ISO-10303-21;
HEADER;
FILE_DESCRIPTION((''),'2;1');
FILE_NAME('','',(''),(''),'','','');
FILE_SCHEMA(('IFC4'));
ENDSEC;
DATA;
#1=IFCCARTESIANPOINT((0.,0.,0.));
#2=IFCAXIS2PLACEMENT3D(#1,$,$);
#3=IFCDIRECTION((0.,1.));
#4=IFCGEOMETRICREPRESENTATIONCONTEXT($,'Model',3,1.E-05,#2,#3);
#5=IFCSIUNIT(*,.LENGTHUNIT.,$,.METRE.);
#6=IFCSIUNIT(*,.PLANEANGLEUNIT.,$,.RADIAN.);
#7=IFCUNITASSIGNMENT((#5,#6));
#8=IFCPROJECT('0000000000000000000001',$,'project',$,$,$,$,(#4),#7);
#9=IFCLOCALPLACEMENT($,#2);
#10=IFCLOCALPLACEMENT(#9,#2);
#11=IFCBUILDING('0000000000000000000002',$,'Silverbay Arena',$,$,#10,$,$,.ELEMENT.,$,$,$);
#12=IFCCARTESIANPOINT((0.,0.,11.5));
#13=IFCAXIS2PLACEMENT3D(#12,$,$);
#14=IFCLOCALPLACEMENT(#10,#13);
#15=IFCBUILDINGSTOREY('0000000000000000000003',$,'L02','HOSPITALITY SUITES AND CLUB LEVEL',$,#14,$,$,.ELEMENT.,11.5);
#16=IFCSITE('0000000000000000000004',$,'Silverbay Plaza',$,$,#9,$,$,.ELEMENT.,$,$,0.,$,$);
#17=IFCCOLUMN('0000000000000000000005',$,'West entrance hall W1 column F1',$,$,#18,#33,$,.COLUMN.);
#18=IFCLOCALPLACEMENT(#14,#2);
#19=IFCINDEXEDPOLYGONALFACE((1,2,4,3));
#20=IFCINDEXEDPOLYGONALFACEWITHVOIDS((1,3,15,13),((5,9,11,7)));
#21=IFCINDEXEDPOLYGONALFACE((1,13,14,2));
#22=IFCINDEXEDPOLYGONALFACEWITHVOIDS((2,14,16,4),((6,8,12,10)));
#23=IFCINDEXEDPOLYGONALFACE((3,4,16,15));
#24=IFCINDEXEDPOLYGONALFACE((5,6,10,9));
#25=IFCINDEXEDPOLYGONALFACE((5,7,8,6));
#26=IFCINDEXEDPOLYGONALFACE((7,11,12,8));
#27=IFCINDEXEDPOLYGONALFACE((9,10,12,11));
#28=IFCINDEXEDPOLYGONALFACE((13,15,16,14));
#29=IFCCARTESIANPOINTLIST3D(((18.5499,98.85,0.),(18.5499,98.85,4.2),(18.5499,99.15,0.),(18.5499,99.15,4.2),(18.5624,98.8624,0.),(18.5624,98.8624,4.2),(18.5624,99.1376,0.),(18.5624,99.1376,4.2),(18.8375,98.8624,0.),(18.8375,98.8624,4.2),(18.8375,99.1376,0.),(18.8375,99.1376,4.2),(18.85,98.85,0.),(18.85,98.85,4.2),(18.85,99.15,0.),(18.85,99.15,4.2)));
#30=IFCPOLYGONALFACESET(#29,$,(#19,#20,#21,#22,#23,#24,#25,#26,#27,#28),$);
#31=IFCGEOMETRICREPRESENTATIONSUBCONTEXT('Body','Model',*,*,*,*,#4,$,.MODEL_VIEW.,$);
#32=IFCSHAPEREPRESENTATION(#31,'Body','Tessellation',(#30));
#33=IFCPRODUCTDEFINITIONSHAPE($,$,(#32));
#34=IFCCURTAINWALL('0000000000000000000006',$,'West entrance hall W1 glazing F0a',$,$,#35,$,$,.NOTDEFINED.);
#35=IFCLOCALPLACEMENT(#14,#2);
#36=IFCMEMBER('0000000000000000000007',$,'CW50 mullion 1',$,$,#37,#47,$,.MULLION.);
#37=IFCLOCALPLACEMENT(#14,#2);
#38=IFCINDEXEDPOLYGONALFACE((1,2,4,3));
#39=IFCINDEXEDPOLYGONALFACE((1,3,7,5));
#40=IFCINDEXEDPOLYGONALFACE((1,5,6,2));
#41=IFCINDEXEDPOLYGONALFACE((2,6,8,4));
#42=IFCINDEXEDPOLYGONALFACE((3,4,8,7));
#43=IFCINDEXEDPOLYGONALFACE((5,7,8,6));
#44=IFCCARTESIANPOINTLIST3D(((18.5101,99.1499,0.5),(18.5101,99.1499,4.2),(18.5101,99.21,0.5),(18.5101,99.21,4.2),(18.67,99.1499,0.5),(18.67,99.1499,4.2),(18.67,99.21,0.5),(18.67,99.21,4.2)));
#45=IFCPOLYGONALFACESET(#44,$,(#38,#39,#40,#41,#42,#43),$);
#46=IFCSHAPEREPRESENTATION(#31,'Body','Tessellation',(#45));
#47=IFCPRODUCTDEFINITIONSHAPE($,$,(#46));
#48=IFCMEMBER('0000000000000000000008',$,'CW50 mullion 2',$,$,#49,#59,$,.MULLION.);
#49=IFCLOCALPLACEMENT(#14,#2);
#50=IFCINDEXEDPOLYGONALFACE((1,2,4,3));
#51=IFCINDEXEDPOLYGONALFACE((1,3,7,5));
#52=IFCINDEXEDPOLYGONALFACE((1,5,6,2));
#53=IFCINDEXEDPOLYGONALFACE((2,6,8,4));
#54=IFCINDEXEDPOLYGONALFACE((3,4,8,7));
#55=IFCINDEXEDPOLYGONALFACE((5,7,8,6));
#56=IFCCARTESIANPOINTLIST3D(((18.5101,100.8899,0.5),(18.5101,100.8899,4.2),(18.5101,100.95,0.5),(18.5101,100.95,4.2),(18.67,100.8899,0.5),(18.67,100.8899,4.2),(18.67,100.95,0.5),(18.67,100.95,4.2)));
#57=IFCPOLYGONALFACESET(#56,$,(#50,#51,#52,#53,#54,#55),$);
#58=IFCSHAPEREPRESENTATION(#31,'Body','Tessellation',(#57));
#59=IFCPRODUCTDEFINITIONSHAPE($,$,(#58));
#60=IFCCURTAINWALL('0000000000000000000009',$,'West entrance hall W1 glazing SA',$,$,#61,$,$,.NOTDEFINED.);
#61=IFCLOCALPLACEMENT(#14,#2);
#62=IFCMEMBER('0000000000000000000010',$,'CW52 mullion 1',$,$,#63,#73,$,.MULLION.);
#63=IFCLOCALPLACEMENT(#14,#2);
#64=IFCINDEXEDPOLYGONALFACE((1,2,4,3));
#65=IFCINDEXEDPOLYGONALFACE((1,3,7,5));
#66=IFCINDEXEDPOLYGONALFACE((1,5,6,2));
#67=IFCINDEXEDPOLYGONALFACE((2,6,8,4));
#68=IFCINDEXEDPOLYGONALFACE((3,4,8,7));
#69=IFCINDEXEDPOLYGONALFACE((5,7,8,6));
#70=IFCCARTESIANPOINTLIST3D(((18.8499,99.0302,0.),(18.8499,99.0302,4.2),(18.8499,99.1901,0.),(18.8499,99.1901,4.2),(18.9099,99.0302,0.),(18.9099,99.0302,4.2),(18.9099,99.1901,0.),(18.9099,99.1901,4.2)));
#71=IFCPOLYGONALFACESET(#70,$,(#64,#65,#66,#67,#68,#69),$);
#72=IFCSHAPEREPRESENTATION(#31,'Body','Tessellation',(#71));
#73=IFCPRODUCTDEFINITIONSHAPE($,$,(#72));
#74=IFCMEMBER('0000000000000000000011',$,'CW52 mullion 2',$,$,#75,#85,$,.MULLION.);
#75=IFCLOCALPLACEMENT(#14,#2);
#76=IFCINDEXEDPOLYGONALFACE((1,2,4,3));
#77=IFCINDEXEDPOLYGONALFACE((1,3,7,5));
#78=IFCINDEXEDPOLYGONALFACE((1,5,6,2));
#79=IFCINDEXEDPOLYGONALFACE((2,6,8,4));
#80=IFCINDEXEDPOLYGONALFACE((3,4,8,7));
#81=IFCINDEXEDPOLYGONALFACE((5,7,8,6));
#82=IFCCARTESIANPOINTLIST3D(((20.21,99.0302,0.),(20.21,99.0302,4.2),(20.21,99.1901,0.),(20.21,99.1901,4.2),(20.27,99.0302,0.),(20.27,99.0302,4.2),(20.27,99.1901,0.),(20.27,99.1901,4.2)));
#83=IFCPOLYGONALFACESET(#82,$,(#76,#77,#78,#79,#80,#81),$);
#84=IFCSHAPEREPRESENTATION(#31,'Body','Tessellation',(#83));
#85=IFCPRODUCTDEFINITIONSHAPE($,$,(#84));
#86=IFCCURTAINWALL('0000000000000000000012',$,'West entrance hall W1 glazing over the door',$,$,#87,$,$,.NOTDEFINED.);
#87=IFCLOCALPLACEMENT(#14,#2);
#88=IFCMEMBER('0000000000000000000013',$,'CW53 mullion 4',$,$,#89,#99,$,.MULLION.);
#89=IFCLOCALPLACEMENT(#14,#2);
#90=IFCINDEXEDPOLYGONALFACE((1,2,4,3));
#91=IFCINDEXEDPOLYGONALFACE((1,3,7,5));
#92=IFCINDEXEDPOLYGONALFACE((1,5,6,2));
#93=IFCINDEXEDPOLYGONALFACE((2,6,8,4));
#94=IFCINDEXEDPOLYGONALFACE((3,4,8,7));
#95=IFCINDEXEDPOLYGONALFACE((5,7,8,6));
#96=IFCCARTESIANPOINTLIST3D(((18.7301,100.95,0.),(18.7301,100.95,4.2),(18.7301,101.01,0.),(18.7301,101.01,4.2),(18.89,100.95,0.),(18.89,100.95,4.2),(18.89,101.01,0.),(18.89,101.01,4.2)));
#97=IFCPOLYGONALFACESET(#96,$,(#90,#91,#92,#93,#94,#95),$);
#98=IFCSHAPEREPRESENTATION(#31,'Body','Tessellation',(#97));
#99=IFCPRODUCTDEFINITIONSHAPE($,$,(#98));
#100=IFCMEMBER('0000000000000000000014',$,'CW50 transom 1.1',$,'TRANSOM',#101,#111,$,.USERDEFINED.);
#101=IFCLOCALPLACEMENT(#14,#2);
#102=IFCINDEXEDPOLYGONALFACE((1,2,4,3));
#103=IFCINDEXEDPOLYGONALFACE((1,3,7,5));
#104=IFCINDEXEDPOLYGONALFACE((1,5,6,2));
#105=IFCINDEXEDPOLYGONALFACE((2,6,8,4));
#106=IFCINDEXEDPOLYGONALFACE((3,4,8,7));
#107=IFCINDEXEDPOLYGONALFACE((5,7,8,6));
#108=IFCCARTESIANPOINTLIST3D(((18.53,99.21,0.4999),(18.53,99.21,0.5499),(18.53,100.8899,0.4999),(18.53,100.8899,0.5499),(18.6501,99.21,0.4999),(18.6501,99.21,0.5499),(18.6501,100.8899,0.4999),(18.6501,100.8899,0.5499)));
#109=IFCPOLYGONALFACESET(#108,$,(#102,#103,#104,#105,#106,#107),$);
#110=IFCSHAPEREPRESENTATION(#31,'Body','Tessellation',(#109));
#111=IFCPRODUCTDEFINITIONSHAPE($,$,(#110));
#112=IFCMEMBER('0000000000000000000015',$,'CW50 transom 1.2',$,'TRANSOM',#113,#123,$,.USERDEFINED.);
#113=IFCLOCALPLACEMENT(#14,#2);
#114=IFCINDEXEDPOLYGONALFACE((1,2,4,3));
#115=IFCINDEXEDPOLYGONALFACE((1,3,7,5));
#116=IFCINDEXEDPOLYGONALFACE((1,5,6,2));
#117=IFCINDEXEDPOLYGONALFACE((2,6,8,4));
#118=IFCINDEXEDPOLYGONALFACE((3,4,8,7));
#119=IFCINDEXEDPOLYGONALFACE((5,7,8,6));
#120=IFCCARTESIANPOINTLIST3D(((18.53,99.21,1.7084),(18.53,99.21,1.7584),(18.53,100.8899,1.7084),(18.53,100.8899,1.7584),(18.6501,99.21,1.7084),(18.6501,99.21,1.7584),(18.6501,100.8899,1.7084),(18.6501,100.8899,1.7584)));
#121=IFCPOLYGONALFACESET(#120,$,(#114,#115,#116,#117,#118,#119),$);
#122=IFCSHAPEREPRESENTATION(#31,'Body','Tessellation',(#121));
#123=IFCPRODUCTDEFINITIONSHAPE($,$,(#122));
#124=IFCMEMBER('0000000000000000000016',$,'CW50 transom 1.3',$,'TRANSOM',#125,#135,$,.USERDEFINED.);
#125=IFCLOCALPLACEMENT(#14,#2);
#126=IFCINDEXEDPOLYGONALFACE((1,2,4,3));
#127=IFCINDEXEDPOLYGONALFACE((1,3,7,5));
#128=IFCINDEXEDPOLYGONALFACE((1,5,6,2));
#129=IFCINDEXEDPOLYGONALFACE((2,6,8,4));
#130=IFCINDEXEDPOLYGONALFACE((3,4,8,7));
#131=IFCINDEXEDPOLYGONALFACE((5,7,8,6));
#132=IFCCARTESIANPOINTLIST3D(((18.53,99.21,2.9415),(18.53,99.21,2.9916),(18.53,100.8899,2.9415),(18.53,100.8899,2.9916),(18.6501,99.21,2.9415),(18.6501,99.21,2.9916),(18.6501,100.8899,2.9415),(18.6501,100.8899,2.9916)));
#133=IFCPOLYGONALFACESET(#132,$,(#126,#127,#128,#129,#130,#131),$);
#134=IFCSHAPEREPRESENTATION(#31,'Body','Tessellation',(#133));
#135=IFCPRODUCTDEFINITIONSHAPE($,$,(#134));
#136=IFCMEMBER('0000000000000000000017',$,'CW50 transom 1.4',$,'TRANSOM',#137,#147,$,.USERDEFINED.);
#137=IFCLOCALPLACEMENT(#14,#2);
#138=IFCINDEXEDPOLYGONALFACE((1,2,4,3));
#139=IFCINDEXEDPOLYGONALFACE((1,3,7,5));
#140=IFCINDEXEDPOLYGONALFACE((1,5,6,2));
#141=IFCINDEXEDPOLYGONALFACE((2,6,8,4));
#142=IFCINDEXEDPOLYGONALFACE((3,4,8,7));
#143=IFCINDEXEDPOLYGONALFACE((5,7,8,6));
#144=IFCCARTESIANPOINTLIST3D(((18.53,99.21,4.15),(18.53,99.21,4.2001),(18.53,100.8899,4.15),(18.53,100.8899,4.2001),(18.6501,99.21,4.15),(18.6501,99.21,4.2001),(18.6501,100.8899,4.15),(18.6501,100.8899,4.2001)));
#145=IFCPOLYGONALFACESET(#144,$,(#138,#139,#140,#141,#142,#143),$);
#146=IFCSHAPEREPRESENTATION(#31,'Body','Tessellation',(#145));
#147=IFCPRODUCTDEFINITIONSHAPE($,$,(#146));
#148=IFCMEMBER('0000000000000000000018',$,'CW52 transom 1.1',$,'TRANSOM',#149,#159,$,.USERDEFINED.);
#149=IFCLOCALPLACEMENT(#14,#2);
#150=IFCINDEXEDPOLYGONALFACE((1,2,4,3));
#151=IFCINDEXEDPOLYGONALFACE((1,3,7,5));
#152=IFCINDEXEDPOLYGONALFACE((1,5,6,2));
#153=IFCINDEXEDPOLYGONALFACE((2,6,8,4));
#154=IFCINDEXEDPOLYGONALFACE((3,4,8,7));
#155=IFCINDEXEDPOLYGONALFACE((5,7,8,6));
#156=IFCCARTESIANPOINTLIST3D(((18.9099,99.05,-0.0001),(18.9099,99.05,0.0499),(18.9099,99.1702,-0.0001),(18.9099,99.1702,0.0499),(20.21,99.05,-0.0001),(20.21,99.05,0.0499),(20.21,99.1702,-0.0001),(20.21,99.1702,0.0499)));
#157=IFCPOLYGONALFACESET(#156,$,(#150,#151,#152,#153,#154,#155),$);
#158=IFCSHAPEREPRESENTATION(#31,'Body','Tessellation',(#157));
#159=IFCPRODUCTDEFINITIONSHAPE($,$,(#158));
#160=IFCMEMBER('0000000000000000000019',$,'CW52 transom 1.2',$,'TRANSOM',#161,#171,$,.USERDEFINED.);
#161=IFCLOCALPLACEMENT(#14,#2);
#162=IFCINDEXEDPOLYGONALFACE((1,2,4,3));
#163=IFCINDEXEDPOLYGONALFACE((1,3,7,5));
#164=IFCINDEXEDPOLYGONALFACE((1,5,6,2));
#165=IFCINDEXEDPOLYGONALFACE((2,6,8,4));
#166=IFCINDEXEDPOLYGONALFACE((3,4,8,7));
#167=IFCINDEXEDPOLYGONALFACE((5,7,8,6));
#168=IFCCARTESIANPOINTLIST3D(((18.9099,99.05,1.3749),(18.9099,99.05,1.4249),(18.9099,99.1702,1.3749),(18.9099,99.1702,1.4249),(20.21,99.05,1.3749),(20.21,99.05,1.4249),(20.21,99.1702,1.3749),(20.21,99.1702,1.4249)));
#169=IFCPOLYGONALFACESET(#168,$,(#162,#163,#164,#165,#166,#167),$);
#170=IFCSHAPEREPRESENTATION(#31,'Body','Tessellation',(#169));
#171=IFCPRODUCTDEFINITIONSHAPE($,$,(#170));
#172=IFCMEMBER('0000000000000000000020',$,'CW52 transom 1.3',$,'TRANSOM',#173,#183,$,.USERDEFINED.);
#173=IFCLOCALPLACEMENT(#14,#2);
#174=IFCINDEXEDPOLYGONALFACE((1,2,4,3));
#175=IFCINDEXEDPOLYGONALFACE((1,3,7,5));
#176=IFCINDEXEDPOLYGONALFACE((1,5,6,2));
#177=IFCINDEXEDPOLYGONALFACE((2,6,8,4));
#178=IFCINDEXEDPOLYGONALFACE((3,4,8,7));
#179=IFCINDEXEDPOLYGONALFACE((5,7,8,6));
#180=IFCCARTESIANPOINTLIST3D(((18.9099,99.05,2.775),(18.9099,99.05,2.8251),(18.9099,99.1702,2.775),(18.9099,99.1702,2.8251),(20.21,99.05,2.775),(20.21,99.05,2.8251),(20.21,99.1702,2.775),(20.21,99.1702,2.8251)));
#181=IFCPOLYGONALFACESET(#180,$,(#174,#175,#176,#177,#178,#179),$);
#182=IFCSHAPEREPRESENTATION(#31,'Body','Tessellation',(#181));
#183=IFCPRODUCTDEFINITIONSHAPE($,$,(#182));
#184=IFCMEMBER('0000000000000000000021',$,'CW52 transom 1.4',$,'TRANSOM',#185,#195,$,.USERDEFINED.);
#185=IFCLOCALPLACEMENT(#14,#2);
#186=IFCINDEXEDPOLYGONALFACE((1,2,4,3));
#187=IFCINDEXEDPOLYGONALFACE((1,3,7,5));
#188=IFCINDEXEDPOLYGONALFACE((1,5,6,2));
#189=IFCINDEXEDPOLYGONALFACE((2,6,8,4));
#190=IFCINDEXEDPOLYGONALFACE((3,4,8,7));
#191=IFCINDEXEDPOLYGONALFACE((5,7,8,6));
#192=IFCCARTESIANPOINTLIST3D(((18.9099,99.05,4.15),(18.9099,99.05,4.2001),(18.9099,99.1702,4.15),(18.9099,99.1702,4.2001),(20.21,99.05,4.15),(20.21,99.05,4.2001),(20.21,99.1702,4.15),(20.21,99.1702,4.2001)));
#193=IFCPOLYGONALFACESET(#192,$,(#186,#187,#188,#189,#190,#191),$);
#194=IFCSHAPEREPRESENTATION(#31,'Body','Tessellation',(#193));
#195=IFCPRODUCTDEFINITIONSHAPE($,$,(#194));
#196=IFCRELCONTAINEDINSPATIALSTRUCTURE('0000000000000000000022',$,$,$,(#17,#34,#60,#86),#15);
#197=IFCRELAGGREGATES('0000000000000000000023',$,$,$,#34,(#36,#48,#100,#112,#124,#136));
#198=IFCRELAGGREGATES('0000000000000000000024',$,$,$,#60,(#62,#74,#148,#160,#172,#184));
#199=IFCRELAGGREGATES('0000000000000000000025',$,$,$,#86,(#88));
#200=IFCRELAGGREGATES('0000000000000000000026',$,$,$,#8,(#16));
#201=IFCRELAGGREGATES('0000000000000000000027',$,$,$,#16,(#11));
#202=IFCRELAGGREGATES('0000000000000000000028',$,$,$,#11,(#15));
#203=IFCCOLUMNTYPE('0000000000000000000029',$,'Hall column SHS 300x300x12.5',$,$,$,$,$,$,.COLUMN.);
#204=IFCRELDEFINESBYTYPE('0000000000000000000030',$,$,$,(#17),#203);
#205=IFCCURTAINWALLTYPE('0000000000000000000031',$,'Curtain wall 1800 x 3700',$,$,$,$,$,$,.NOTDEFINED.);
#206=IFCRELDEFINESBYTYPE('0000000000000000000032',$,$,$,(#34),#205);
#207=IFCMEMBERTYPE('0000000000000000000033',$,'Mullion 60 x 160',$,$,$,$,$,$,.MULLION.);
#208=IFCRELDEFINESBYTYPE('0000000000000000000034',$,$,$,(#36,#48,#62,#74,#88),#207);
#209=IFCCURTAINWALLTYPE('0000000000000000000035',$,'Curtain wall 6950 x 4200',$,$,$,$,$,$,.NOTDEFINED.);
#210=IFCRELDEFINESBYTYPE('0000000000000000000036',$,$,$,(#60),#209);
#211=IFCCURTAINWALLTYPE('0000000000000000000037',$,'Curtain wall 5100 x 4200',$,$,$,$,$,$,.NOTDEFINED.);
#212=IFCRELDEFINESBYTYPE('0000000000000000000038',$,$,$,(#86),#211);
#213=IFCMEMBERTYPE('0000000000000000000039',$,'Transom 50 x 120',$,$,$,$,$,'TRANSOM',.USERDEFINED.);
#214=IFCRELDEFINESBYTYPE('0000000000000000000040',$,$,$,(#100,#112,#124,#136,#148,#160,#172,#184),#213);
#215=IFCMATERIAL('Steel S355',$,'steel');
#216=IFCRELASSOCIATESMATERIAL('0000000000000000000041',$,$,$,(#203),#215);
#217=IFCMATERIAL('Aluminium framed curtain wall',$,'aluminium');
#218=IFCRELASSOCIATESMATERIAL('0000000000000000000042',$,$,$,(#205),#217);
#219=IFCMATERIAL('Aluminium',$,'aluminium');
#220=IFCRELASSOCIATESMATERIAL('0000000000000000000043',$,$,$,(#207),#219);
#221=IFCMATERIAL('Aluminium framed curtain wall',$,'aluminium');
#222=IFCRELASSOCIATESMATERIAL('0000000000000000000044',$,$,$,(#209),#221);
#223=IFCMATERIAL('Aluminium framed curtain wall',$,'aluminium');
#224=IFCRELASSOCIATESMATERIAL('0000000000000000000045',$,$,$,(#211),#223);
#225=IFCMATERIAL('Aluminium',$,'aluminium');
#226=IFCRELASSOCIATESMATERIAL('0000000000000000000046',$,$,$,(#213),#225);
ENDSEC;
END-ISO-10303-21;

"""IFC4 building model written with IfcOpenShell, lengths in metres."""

from ifc_helpers import new_model, si_unit, direction, frame, origin, origin_2d, place, context, subcontext, project, spatial, rectangle, hollow_rectangle, extrude, material, material_profile, profile_set, type_object, element, aggregate, save


model = new_model("IFC4")

# Units and contexts
model_context = context("Model", 3, precision=1e-05, world=origin(), true_north=direction((0.0, 1.0)))
body_context = subcontext(model_context, "Body", "Model", "MODEL_VIEW")
ifc_project = project(units=[si_unit("LENGTHUNIT", "METRE"), si_unit("PLANEANGLEUNIT", "RADIAN")], contexts=[model_context])

# Site, building, storey
site_placement = place(None, origin())
site = spatial("IfcSite", under=ifc_project, at=site_placement, Name="Silverbay Plaza", CompositionType="ELEMENT", RefElevation=0.0)
building_placement = place(site_placement, origin())
building = spatial("IfcBuilding", under=site, at=building_placement, Name="Silverbay Arena", CompositionType="ELEMENT")
storey_placement = place(building_placement, frame((0.0, 0.0, 11.5)))
storey = spatial("IfcBuildingStorey", under=building, at=storey_placement, Name="L02", Description="HOSPITALITY SUITES AND CLUB LEVEL", CompositionType="ELEMENT", Elevation=11.5)

# Column
ifc_material_1 = material(Name="Steel S355", Category="steel")
ifc_material_profile_1 = material_profile(ifc_material_1, hollow_rectangle(XDim=0.3, YDim=0.3, WallThickness=0.0125, at=origin_2d()), Name="SHS 300x300x12.5")
ifc_profile_set_1 = profile_set([ifc_material_profile_1], Name="Steel S355")
column_type = type_object("IfcColumnType", Name="Hall column SHS 300x300x12.5", PredefinedType="COLUMN", material=ifc_profile_set_1)
column_placement = place(storey_placement, frame((18.7, 99.0, 0.0), z_axis=(0.0, 0.0, 1.0), x_axis=(1.0, 0.0, 0.0)))
element("IfcColumn", 1, at=column_placement, inside=storey, type_object=column_type, Name="West entrance hall W1 column F1", PredefinedType="COLUMN", context=body_context, shape_type="SweptSolid", body=[
    extrude(hollow_rectangle(XDim=0.3, YDim=0.3, WallThickness=0.0125, at=origin_2d()), origin(), (0.0, 0.0, 1.0), 4.2),
])

# Curtain walls, members
ifc_material_2 = material(Name="Aluminium framed curtain wall", Category="aluminium")
curtain_wall_type_1 = type_object("IfcCurtainWallType", Name="Curtain wall 1800 x 3700", PredefinedType="NOTDEFINED", material=ifc_material_2)
curtain_wall_1_placement = place(storey_placement, origin())
curtain_wall_1 = element("IfcCurtainWall", 2, at=curtain_wall_1_placement, inside=storey, type_object=curtain_wall_type_1, Name="West entrance hall W1 glazing F0a", PredefinedType="NOTDEFINED")
ifc_material_3 = material(Name="Aluminium", Category="aluminium")
ifc_material_profile_2 = material_profile(ifc_material_3, rectangle(XDim=0.1599, YDim=0.0601, at=origin_2d()), Name="Mullion 60 x 160")
ifc_profile_set_2 = profile_set([ifc_material_profile_2], Name="Aluminium")
member_type_1 = type_object("IfcMemberType", Name="Mullion 60 x 160", PredefinedType="MULLION", material=ifc_profile_set_2)
member_1_placement = place(storey_placement, frame((18.5901, 99.1799, 0.5), z_axis=(0.0, 0.0, 1.0), x_axis=(-1.0, 0.0, 0.0)))
member_1 = element("IfcMember", 3, at=member_1_placement, type_object=member_type_1, Name="CW50 mullion 1", PredefinedType="MULLION", context=body_context, shape_type="SweptSolid", body=[
    extrude(rectangle(XDim=0.1599, YDim=0.0601, at=origin_2d()), origin(), (0.0, 0.0, 1.0), 3.7),
])
member_2_placement = place(storey_placement, frame((18.5901, 100.9199, 0.5), z_axis=(0.0, 0.0, 1.0), x_axis=(-1.0, 0.0, 0.0)))
member_2 = element("IfcMember", 4, at=member_2_placement, type_object=member_type_1, Name="CW50 mullion 2", PredefinedType="MULLION", context=body_context, shape_type="SweptSolid", body=[
    extrude(rectangle(XDim=0.1599, YDim=0.0601, at=origin_2d()), origin(), (0.0, 0.0, 1.0), 3.7),
])
ifc_material_4 = material(Name="Aluminium framed curtain wall", Category="aluminium")
curtain_wall_type_2 = type_object("IfcCurtainWallType", Name="Curtain wall 6950 x 4200", PredefinedType="NOTDEFINED", material=ifc_material_4)
curtain_wall_2_placement = place(storey_placement, origin())
curtain_wall_2 = element("IfcCurtainWall", 5, at=curtain_wall_2_placement, inside=storey, type_object=curtain_wall_type_2, Name="West entrance hall W1 glazing SA", PredefinedType="NOTDEFINED")
member_3_placement = place(storey_placement, frame((18.8799, 99.1101, 0.0), z_axis=(0.0, 0.0, 1.0), x_axis=(0.0, 1.0, 0.0)))
member_3 = element("IfcMember", 6, at=member_3_placement, type_object=member_type_1, Name="CW52 mullion 1", PredefinedType="MULLION", context=body_context, shape_type="SweptSolid", body=[
    extrude(rectangle(XDim=0.1599, YDim=0.0601, at=origin_2d()), origin(), (0.0, 0.0, 1.0), 4.2),
])
member_4_placement = place(storey_placement, frame((20.24, 99.1101, 0.0), z_axis=(0.0, 0.0, 1.0), x_axis=(0.0, 1.0, 0.0)))
member_4 = element("IfcMember", 7, at=member_4_placement, type_object=member_type_1, Name="CW52 mullion 2", PredefinedType="MULLION", context=body_context, shape_type="SweptSolid", body=[
    extrude(rectangle(XDim=0.1599, YDim=0.0601, at=origin_2d()), origin(), (0.0, 0.0, 1.0), 4.2),
])

# Curtain wall, member
ifc_material_5 = material(Name="Aluminium framed curtain wall", Category="aluminium")
curtain_wall_type_3 = type_object("IfcCurtainWallType", Name="Curtain wall 5100 x 4200", PredefinedType="NOTDEFINED", material=ifc_material_5)
curtain_wall_3_placement = place(storey_placement, origin())
curtain_wall_3 = element("IfcCurtainWall", 8, at=curtain_wall_3_placement, inside=storey, type_object=curtain_wall_type_3, Name="West entrance hall W1 glazing over the door", PredefinedType="NOTDEFINED")
member_5_placement = place(storey_placement, frame((18.8101, 100.98, 0.0), z_axis=(0.0, 0.0, 1.0), x_axis=(1.0, 0.0, 0.0)))
member_5 = element("IfcMember", 9, at=member_5_placement, type_object=member_type_1, Name="CW53 mullion 4", PredefinedType="MULLION", context=body_context, shape_type="SweptSolid", body=[
    extrude(rectangle(XDim=0.1599, YDim=0.0601, at=origin_2d()), origin(), (0.0, 0.0, 1.0), 4.2),
])

# Members
ifc_material_6 = material(Name="Aluminium", Category="aluminium")
ifc_material_profile_3 = material_profile(ifc_material_6, rectangle(XDim=0.1201, YDim=0.05, at=origin_2d()), Name="Transom 50 x 120")
ifc_profile_set_3 = profile_set([ifc_material_profile_3], Name="Aluminium")
member_type_2 = type_object("IfcMemberType", Name="Transom 50 x 120", ElementType="TRANSOM", PredefinedType="USERDEFINED", material=ifc_profile_set_3)
member_6_placement = place(storey_placement, frame((18.5901, 99.21, 0.5249), z_axis=(0.0, 1.0, 0.0), x_axis=(-1.0, 0.0, 0.0)))
member_6 = element("IfcMember", 10, at=member_6_placement, type_object=member_type_2, Name="CW50 transom 1.1", ObjectType="TRANSOM", PredefinedType="USERDEFINED", context=body_context, shape_type="SweptSolid", body=[
    extrude(rectangle(XDim=0.1201, YDim=0.05, at=origin_2d()), origin(), (0.0, 0.0, 1.0), 1.6799),
])
member_7_placement = place(storey_placement, frame((18.5901, 99.21, 1.7334), z_axis=(0.0, 1.0, 0.0), x_axis=(-1.0, 0.0, 0.0)))
member_7 = element("IfcMember", 11, at=member_7_placement, type_object=member_type_2, Name="CW50 transom 1.2", ObjectType="TRANSOM", PredefinedType="USERDEFINED", context=body_context, shape_type="SweptSolid", body=[
    extrude(rectangle(XDim=0.1201, YDim=0.05, at=origin_2d()), origin(), (0.0, 0.0, 1.0), 1.6799),
])
member_8_placement = place(storey_placement, frame((18.5901, 99.21, 2.9666), z_axis=(0.0, 1.0, 0.0), x_axis=(-1.0, 0.0, 0.0)))
member_8 = element("IfcMember", 12, at=member_8_placement, type_object=member_type_2, Name="CW50 transom 1.3", ObjectType="TRANSOM", PredefinedType="USERDEFINED", context=body_context, shape_type="SweptSolid", body=[
    extrude(rectangle(XDim=0.1201, YDim=0.05, at=origin_2d()), origin(), (0.0, 0.0, 1.0), 1.6799),
])
member_9_placement = place(storey_placement, frame((18.5901, 99.21, 4.175), z_axis=(0.0, 1.0, 0.0), x_axis=(-1.0, 0.0, 0.0)))
member_9 = element("IfcMember", 13, at=member_9_placement, type_object=member_type_2, Name="CW50 transom 1.4", ObjectType="TRANSOM", PredefinedType="USERDEFINED", context=body_context, shape_type="SweptSolid", body=[
    extrude(rectangle(XDim=0.1201, YDim=0.05, at=origin_2d()), origin(), (0.0, 0.0, 1.0), 1.6799),
])
member_10_placement = place(storey_placement, frame((18.9099, 99.1101, 0.0249), z_axis=(1.0, 0.0, 0.0), x_axis=(0.0, 1.0, 0.0)))
member_10 = element("IfcMember", 14, at=member_10_placement, type_object=member_type_2, Name="CW52 transom 1.1", ObjectType="TRANSOM", PredefinedType="USERDEFINED", context=body_context, shape_type="SweptSolid", body=[
    extrude(rectangle(XDim=0.1201, YDim=0.05, at=origin_2d()), origin(), (0.0, 0.0, 1.0), 1.3),
])
member_11_placement = place(storey_placement, frame((18.9099, 99.1101, 1.3999), z_axis=(1.0, 0.0, 0.0), x_axis=(0.0, 1.0, 0.0)))
member_11 = element("IfcMember", 15, at=member_11_placement, type_object=member_type_2, Name="CW52 transom 1.2", ObjectType="TRANSOM", PredefinedType="USERDEFINED", context=body_context, shape_type="SweptSolid", body=[
    extrude(rectangle(XDim=0.1201, YDim=0.05, at=origin_2d()), origin(), (0.0, 0.0, 1.0), 1.3),
])
member_12_placement = place(storey_placement, frame((18.9099, 99.1101, 2.8), z_axis=(1.0, 0.0, 0.0), x_axis=(0.0, 1.0, 0.0)))
member_12 = element("IfcMember", 16, at=member_12_placement, type_object=member_type_2, Name="CW52 transom 1.3", ObjectType="TRANSOM", PredefinedType="USERDEFINED", context=body_context, shape_type="SweptSolid", body=[
    extrude(rectangle(XDim=0.1201, YDim=0.05, at=origin_2d()), origin(), (0.0, 0.0, 1.0), 1.3),
])
member_13_placement = place(storey_placement, frame((18.9099, 99.1101, 4.175), z_axis=(1.0, 0.0, 0.0), x_axis=(0.0, 1.0, 0.0)))
member_13 = element("IfcMember", 17, at=member_13_placement, type_object=member_type_2, Name="CW52 transom 1.4", ObjectType="TRANSOM", PredefinedType="USERDEFINED", context=body_context, shape_type="SweptSolid", body=[
    extrude(rectangle(XDim=0.1201, YDim=0.05, at=origin_2d()), origin(), (0.0, 0.0, 1.0), 1.3),
])

aggregate(curtain_wall_1, [member_1, member_2, member_6, member_7, member_8, member_9])
aggregate(curtain_wall_2, [member_3, member_4, member_10, member_11, member_12, member_13])
aggregate(curtain_wall_3, [member_5])

save(model, "model.ifc")
